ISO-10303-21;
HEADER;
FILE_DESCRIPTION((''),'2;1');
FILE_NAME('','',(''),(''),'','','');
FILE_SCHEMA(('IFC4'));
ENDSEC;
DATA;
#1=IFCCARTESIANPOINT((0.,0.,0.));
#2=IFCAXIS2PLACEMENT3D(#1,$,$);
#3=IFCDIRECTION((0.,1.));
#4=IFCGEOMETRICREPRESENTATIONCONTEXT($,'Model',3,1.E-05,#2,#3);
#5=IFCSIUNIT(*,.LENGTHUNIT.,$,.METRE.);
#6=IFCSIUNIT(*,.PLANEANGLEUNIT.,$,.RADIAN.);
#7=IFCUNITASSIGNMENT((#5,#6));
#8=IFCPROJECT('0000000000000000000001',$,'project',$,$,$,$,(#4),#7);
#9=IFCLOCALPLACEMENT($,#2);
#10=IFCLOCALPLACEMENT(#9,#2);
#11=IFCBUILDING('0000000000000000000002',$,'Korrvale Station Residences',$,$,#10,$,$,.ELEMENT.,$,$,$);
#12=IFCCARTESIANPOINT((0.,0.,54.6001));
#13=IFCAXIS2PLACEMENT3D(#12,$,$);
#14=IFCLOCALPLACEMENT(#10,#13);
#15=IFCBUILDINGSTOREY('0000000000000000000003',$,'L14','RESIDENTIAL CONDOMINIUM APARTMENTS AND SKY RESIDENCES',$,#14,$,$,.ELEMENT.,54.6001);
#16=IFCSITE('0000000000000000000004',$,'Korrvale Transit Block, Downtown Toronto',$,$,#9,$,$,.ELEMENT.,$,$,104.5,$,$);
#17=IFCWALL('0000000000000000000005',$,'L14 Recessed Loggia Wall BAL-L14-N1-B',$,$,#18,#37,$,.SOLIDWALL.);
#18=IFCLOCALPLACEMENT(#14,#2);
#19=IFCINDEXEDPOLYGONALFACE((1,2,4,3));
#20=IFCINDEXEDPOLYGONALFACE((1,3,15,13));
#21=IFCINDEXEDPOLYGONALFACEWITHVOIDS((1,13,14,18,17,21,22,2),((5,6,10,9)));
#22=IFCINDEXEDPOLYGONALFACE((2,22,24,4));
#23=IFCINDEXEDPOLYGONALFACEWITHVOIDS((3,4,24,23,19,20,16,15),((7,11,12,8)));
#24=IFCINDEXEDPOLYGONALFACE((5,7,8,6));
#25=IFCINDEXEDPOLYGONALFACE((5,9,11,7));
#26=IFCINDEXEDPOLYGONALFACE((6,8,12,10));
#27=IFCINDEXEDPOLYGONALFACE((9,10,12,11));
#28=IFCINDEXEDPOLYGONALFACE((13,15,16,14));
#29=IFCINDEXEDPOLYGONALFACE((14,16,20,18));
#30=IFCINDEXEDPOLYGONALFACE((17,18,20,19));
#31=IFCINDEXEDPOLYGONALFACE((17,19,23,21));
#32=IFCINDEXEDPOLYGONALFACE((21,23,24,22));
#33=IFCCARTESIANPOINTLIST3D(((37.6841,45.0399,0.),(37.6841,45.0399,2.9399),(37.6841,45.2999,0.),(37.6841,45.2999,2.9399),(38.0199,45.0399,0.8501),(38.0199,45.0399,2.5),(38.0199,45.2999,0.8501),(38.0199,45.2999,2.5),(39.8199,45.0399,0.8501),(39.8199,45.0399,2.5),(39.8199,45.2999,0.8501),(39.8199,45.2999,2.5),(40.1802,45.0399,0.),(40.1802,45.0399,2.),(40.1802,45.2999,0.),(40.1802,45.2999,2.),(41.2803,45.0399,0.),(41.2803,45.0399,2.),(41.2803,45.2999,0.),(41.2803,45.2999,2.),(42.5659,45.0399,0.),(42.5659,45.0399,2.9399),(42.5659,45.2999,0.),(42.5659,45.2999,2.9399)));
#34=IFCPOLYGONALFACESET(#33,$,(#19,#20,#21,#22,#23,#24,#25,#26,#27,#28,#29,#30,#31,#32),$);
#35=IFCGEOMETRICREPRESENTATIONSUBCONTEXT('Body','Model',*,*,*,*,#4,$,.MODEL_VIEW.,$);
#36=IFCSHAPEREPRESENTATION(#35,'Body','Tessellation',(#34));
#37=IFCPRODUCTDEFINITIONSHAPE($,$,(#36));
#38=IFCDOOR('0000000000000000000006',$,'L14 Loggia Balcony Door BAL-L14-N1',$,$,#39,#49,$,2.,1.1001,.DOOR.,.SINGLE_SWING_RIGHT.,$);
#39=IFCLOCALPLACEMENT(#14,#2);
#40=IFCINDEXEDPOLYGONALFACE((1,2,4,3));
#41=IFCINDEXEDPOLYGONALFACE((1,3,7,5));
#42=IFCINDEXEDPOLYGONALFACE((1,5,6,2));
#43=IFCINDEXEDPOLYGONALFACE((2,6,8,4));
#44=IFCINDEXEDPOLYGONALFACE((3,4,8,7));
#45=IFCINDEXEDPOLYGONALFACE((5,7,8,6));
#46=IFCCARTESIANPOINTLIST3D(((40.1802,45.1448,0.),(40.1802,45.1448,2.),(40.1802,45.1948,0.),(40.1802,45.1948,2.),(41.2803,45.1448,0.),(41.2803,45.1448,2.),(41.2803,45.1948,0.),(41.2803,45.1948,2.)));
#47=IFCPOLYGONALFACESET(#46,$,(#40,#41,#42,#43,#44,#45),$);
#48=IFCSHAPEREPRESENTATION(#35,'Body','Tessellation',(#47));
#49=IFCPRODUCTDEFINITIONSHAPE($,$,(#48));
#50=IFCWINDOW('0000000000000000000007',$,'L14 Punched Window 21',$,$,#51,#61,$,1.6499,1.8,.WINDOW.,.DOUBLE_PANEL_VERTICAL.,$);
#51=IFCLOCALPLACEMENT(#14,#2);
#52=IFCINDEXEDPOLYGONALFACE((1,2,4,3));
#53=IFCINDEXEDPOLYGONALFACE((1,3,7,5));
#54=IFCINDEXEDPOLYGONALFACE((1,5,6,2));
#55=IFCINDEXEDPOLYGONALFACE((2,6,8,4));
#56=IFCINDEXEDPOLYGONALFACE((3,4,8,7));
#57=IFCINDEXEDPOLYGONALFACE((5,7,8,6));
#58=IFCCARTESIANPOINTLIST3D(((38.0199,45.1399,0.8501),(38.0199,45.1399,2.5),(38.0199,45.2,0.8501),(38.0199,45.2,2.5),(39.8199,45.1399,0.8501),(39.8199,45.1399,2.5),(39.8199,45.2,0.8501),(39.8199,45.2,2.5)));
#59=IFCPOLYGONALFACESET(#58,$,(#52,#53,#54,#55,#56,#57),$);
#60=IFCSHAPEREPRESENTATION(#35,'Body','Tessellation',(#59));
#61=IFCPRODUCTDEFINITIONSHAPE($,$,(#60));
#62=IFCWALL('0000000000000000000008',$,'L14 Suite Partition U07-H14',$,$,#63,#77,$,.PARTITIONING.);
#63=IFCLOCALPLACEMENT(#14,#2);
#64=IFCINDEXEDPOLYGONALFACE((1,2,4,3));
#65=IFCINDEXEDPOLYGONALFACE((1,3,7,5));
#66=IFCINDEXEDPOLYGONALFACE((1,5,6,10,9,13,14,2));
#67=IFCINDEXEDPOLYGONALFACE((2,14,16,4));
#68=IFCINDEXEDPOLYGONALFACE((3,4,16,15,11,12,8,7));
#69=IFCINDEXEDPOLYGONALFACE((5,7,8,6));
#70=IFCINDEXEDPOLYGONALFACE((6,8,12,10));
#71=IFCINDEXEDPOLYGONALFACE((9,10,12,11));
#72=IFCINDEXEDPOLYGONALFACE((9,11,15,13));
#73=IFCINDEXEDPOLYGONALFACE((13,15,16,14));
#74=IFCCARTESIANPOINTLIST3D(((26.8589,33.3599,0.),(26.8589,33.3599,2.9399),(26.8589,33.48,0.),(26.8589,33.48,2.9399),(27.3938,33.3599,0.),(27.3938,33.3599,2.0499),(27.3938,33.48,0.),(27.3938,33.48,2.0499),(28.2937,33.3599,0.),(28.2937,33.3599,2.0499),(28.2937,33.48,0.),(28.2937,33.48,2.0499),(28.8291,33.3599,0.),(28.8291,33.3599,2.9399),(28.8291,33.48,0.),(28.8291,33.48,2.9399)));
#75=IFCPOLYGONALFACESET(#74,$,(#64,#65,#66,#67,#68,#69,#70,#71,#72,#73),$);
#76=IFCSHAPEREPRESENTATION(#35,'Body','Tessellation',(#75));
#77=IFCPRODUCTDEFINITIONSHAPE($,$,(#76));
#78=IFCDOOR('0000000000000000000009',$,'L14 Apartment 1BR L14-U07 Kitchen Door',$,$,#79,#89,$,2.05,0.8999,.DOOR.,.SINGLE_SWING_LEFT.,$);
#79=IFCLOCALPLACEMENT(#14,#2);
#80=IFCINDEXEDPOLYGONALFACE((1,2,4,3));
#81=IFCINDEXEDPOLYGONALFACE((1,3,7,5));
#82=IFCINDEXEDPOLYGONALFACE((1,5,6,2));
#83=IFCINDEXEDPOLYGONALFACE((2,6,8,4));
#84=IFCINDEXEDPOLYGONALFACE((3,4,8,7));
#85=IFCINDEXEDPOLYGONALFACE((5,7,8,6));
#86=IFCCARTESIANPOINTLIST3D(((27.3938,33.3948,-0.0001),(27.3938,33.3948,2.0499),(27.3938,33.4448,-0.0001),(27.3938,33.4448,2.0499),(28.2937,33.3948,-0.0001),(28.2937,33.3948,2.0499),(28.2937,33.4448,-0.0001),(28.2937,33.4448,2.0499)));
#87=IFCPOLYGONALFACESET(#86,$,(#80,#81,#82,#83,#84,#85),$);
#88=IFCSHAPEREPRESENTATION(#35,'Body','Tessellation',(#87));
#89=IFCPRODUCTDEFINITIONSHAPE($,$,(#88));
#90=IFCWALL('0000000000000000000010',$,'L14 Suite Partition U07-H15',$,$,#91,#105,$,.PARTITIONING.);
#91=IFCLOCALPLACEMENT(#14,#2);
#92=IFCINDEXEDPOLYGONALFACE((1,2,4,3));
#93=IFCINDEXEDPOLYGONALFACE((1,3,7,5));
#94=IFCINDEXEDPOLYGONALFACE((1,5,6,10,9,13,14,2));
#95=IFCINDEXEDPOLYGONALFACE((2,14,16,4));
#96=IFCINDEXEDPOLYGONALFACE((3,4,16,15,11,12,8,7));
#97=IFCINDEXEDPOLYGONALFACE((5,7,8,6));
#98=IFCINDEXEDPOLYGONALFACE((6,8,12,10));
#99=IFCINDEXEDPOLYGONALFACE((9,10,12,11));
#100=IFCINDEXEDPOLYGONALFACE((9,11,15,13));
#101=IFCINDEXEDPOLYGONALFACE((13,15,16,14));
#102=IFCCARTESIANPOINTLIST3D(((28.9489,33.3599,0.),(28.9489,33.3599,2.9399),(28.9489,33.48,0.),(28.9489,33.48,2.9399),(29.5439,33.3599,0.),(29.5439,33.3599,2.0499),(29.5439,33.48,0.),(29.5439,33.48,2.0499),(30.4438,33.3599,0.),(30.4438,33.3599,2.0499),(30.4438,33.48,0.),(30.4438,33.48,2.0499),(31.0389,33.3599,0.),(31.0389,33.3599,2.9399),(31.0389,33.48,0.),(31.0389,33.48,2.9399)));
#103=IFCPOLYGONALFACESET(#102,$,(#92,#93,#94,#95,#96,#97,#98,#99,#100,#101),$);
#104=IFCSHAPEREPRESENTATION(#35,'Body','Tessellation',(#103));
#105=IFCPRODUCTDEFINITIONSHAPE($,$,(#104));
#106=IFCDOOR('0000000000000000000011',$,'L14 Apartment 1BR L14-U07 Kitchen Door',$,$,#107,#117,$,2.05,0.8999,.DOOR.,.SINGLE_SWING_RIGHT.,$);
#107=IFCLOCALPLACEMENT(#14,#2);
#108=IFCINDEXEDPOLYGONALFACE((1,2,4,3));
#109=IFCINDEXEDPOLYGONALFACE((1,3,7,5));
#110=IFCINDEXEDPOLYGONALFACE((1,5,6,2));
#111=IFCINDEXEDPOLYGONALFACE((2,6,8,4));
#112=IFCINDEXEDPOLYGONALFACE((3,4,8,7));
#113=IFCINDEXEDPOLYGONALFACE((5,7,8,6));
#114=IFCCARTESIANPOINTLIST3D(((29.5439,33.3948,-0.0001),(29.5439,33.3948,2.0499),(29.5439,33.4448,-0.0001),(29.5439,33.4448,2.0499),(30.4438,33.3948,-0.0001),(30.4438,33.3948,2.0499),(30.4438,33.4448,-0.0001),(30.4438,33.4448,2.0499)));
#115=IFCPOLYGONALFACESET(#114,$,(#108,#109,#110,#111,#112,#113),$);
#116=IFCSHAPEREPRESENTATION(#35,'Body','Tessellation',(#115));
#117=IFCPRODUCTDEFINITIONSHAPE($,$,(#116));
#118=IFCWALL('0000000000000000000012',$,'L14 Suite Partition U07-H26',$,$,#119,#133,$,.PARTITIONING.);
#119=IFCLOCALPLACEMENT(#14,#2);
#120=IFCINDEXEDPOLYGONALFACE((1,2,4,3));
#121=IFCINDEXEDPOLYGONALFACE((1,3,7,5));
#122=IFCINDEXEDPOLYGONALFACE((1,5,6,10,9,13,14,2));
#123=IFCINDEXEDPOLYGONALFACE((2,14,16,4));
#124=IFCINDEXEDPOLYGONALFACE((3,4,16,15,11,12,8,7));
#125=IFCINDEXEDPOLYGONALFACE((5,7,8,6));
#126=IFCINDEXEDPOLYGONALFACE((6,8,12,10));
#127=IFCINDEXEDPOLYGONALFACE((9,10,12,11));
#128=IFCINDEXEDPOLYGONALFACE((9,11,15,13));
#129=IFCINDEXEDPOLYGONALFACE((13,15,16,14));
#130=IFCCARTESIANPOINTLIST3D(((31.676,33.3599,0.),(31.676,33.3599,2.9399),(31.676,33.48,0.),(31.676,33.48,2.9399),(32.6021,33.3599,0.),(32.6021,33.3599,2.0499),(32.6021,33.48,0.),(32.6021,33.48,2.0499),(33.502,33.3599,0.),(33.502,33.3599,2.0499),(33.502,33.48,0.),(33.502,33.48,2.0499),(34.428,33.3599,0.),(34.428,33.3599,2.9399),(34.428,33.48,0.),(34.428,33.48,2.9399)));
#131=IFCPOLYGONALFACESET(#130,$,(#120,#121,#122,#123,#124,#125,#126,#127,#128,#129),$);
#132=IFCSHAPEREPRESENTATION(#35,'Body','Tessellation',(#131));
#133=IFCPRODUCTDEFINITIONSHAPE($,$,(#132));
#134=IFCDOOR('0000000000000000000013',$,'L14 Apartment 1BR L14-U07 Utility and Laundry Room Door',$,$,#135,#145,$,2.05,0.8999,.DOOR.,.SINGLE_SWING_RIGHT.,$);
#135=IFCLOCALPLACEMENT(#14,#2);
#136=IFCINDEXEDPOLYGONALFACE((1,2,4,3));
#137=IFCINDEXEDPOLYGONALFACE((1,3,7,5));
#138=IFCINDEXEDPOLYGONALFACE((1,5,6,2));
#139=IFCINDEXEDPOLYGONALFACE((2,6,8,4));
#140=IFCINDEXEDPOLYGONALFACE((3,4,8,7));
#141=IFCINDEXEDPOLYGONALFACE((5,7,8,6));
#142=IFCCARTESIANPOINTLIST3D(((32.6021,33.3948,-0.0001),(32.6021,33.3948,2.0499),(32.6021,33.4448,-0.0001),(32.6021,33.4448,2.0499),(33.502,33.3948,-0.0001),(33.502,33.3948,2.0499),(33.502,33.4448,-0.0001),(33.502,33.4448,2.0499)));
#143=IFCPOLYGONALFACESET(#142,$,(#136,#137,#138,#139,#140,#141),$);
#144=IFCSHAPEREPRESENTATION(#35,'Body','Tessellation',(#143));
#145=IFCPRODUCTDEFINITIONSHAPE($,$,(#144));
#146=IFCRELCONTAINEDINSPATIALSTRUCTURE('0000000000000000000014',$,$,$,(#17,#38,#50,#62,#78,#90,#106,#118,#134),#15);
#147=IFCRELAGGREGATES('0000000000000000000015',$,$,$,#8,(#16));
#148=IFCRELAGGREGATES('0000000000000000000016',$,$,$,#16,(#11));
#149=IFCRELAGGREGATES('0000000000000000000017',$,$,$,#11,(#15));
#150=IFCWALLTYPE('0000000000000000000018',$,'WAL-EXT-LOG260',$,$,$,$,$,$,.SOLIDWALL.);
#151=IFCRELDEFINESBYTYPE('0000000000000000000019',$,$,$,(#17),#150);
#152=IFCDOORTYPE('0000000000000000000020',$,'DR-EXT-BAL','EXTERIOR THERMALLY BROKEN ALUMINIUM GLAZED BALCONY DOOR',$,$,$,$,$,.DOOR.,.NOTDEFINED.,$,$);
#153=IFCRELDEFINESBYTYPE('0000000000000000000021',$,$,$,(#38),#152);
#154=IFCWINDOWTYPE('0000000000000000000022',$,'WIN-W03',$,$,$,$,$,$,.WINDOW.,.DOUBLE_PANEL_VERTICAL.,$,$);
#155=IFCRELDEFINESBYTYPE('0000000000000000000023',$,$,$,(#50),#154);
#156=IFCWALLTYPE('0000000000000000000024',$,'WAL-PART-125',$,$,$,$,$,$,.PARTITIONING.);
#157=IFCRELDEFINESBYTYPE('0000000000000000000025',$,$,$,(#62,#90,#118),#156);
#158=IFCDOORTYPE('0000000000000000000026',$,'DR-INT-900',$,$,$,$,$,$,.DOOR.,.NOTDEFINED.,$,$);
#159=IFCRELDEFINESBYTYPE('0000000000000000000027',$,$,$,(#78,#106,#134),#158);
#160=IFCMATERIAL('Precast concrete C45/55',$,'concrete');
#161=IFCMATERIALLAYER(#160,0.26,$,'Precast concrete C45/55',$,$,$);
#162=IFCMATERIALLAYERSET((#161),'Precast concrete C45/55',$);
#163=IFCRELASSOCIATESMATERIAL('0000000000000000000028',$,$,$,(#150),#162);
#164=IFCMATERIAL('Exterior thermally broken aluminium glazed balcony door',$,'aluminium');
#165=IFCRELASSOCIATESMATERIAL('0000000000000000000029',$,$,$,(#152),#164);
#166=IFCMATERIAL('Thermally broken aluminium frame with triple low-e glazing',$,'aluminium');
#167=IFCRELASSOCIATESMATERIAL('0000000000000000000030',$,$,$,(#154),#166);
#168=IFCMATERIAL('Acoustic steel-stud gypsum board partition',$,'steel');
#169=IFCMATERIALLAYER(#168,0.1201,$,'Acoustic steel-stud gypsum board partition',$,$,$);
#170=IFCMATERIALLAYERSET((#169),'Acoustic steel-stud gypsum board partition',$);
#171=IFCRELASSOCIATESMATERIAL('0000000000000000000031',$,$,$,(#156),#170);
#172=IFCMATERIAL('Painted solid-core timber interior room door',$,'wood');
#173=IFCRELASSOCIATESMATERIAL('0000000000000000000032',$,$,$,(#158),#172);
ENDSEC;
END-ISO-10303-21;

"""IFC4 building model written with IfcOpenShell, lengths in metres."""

from ifc_helpers import new_model, si_unit, direction, frame, frame_2d, origin, place, context, subcontext, project, spatial, rectangle, extrude, material, layer, layer_set, type_object, element, fill, save


model = new_model("IFC4")

# Units and contexts
model_context = context("Model", 3, precision=1e-05, world=origin(), true_north=direction((0.0, 1.0)))
body_context = subcontext(model_context, "Body", "Model", "MODEL_VIEW")
ifc_project = project(units=[si_unit("LENGTHUNIT", "METRE"), si_unit("PLANEANGLEUNIT", "RADIAN")], contexts=[model_context])

# Site, building, storey
site_placement = place(None, origin())
site = spatial("IfcSite", under=ifc_project, at=site_placement, Name="Korrvale Transit Block, Downtown Toronto", CompositionType="ELEMENT", RefElevation=104.5)
building_placement = place(site_placement, origin())
building = spatial("IfcBuilding", under=site, at=building_placement, Name="Korrvale Station Residences", CompositionType="ELEMENT")
storey_placement = place(building_placement, frame((0.0, 0.0, 54.6001)))
storey = spatial("IfcBuildingStorey", under=building, at=storey_placement, Name="L14", Description="RESIDENTIAL CONDOMINIUM APARTMENTS AND SKY RESIDENCES", CompositionType="ELEMENT", Elevation=54.6001)

# Shared definitions
ifc_material_1 = material(Name="Precast concrete C45/55", Category="concrete")
ifc_layer_1 = layer(ifc_material_1, 0.26, Name="Precast concrete C45/55")
ifc_layer_set_1 = layer_set([ifc_layer_1], Name="Precast concrete C45/55")
wall_type_1 = type_object("IfcWallType", Name="WAL-EXT-LOG260", PredefinedType="SOLIDWALL", material=ifc_layer_set_1)

# Wall, openings, door, window
wall_1_placement = place(storey_placement, frame((37.6841, 45.1699, 0.0), z_axis=(0.0, 0.0, 1.0), x_axis=(1.0, 0.0, 0.0)))
wall_1 = element("IfcWall", 1, at=wall_1_placement, inside=storey, type_object=wall_type_1, Name="L14 Recessed Loggia Wall BAL-L14-N1-B", PredefinedType="SOLIDWALL", context=body_context, shape_type="SweptSolid", body=[
    extrude(rectangle(XDim=4.8818, YDim=0.26, at=frame_2d((2.4409, 0.0))), origin(), (0.0, 0.0, 1.0), 2.9399),
])
opening_1_placement = place(wall_1_placement, frame((2.4961, 0.0, 0.0)))
opening_1 = element("IfcOpeningElement", 2, at=opening_1_placement, cuts=wall_1, PredefinedType="OPENING", context=body_context, shape_type="SweptSolid", body=[
    extrude(rectangle(XDim=1.1001, YDim=2.0, at=frame_2d((0.55, 1.0))), frame((0.0, 0.1401, 0.0), z_axis=(0.0, -1.0, 0.0), x_axis=(1.0, 0.0, 0.0)), (0.0, 0.0, 1.0), 0.28),
])
opening_2_placement = place(wall_1_placement, frame((0.3359, 0.0, 0.8501)))
opening_2 = element("IfcOpeningElement", 3, at=opening_2_placement, cuts=wall_1, PredefinedType="OPENING", context=body_context, shape_type="SweptSolid", body=[
    extrude(rectangle(XDim=1.8, YDim=1.6499, at=frame_2d((0.8999, 0.825))), frame((0.0, 0.1401, 0.0), z_axis=(0.0, -1.0, 0.0), x_axis=(1.0, 0.0, 0.0)), (0.0, 0.0, 1.0), 0.28),
])
ifc_material_2 = material(Name="Exterior thermally broken aluminium glazed balcony door", Category="aluminium")
door_type_1 = type_object("IfcDoorType", Name="DR-EXT-BAL", Description="EXTERIOR THERMALLY BROKEN ALUMINIUM GLAZED BALCONY DOOR", OperationType="NOTDEFINED", PredefinedType="DOOR", material=ifc_material_2)
door_1_placement = place(opening_1_placement, origin())
door_1 = element("IfcDoor", 4, at=door_1_placement, inside=storey, type_object=door_type_1, Name="L14 Loggia Balcony Door BAL-L14-N1", OperationType="SINGLE_SWING_RIGHT", OverallHeight=2.0, OverallWidth=1.1001, PredefinedType="DOOR", context=body_context, shape_type="SweptSolid", body=[
    extrude(rectangle(XDim=1.1001, YDim=2.0, at=frame_2d((0.55, 1.0))), frame((0.0, 0.0249, 0.0), z_axis=(0.0, -1.0, 0.0), x_axis=(1.0, 0.0, 0.0)), (0.0, 0.0, 1.0), 0.05),
])
fill(opening_1, door_1)
ifc_material_3 = material(Name="Thermally broken aluminium frame with triple low-e glazing", Category="aluminium")
window_type = type_object("IfcWindowType", Name="WIN-W03", PartitioningType="DOUBLE_PANEL_VERTICAL", PredefinedType="WINDOW", material=ifc_material_3)
window_placement = place(opening_2_placement, origin())
window = element("IfcWindow", 5, at=window_placement, inside=storey, type_object=window_type, Name="L14 Punched Window 21", OverallHeight=1.6499, OverallWidth=1.8, PartitioningType="DOUBLE_PANEL_VERTICAL", PredefinedType="WINDOW", context=body_context, shape_type="SweptSolid", body=[
    extrude(rectangle(XDim=1.8, YDim=1.6499, at=frame_2d((0.8999, 0.825))), frame((0.0, 0.03, 0.0), z_axis=(0.0, -1.0, 0.0), x_axis=(1.0, 0.0, 0.0)), (0.0, 0.0, 1.0), 0.0601),
])
fill(opening_2, window)

# Walls, openings, doors
ifc_material_4 = material(Name="Acoustic steel-stud gypsum board partition", Category="steel")
ifc_layer_2 = layer(ifc_material_4, 0.1201, Name="Acoustic steel-stud gypsum board partition")
ifc_layer_set_2 = layer_set([ifc_layer_2], Name="Acoustic steel-stud gypsum board partition")
wall_type_2 = type_object("IfcWallType", Name="WAL-PART-125", PredefinedType="PARTITIONING", material=ifc_layer_set_2)
wall_2_placement = place(storey_placement, frame((26.8589, 33.4199, 0.0), z_axis=(0.0, 0.0, 1.0), x_axis=(1.0, 0.0, 0.0)))
wall_2 = element("IfcWall", 6, at=wall_2_placement, inside=storey, type_object=wall_type_2, Name="L14 Suite Partition U07-H14", PredefinedType="PARTITIONING", context=body_context, shape_type="SweptSolid", body=[
    extrude(rectangle(XDim=1.9702, YDim=0.1201, at=frame_2d((0.9851, 0.0))), origin(), (0.0, 0.0, 1.0), 2.9399),
])
opening_3_placement = place(wall_2_placement, frame((0.5349, 0.0, 0.0)))
opening_3 = element("IfcOpeningElement", 7, at=opening_3_placement, cuts=wall_2, PredefinedType="OPENING", context=body_context, shape_type="SweptSolid", body=[
    extrude(rectangle(XDim=0.8999, YDim=2.05, at=frame_2d((0.45, 1.0249))), frame((0.0, 0.0701, 0.0), z_axis=(0.0, -1.0, 0.0), x_axis=(1.0, 0.0, 0.0)), (0.0, 0.0, 1.0), 0.1401),
])
ifc_material_5 = material(Name="Painted solid-core timber interior room door", Category="wood")
door_type_2 = type_object("IfcDoorType", Name="DR-INT-900", OperationType="NOTDEFINED", PredefinedType="DOOR", material=ifc_material_5)
door_2_placement = place(opening_3_placement, origin())
door_2 = element("IfcDoor", 8, at=door_2_placement, inside=storey, type_object=door_type_2, Name="L14 Apartment 1BR L14-U07 Kitchen Door", OperationType="SINGLE_SWING_LEFT", OverallHeight=2.05, OverallWidth=0.8999, PredefinedType="DOOR", context=body_context, shape_type="SweptSolid", body=[
    extrude(rectangle(XDim=0.8999, YDim=2.05, at=frame_2d((0.45, 1.0249))), frame((0.0, 0.0249, 0.0), z_axis=(0.0, -1.0, 0.0), x_axis=(1.0, 0.0, 0.0)), (0.0, 0.0, 1.0), 0.05),
])
fill(opening_3, door_2)
wall_3_placement = place(storey_placement, frame((28.949, 33.4199, 0.0), z_axis=(0.0, 0.0, 1.0), x_axis=(1.0, 0.0, 0.0)))
wall_3 = element("IfcWall", 9, at=wall_3_placement, inside=storey, type_object=wall_type_2, Name="L14 Suite Partition U07-H15", PredefinedType="PARTITIONING", context=body_context, shape_type="SweptSolid", body=[
    extrude(rectangle(XDim=2.0901, YDim=0.1201, at=frame_2d((1.0449, 0.0))), origin(), (0.0, 0.0, 1.0), 2.9399),
])
opening_4_placement = place(wall_3_placement, frame((0.595, 0.0, 0.0)))
opening_4 = element("IfcOpeningElement", 10, at=opening_4_placement, cuts=wall_3, PredefinedType="OPENING", context=body_context, shape_type="SweptSolid", body=[
    extrude(rectangle(XDim=0.8999, YDim=2.05, at=frame_2d((0.45, 1.0249))), frame((0.0, 0.0701, 0.0), z_axis=(0.0, -1.0, 0.0), x_axis=(1.0, 0.0, 0.0)), (0.0, 0.0, 1.0), 0.1401),
])
door_3_placement = place(opening_4_placement, origin())
door_3 = element("IfcDoor", 11, at=door_3_placement, inside=storey, type_object=door_type_2, Name="L14 Apartment 1BR L14-U07 Kitchen Door", OperationType="SINGLE_SWING_RIGHT", OverallHeight=2.05, OverallWidth=0.8999, PredefinedType="DOOR", context=body_context, shape_type="SweptSolid", body=[
    extrude(rectangle(XDim=0.8999, YDim=2.05, at=frame_2d((0.45, 1.0249))), frame((0.0, 0.0249, 0.0), z_axis=(0.0, -1.0, 0.0), x_axis=(1.0, 0.0, 0.0)), (0.0, 0.0, 1.0), 0.05),
])
fill(opening_4, door_3)
wall_4_placement = place(storey_placement, frame((31.676, 33.4199, 0.0), z_axis=(0.0, 0.0, 1.0), x_axis=(1.0, 0.0, 0.0)))
wall_4 = element("IfcWall", 12, at=wall_4_placement, inside=storey, type_object=wall_type_2, Name="L14 Suite Partition U07-H26", PredefinedType="PARTITIONING", context=body_context, shape_type="SweptSolid", body=[
    extrude(rectangle(XDim=2.752, YDim=0.1201, at=frame_2d((1.376, 0.0))), origin(), (0.0, 0.0, 1.0), 2.9399),
])
opening_5_placement = place(wall_4_placement, frame((0.926, 0.0, 0.0)))
opening_5 = element("IfcOpeningElement", 13, at=opening_5_placement, cuts=wall_4, PredefinedType="OPENING", context=body_context, shape_type="SweptSolid", body=[
    extrude(rectangle(XDim=0.8999, YDim=2.05, at=frame_2d((0.45, 1.0249))), frame((0.0, 0.0701, 0.0), z_axis=(0.0, -1.0, 0.0), x_axis=(1.0, 0.0, 0.0)), (0.0, 0.0, 1.0), 0.1401),
])
door_4_placement = place(opening_5_placement, origin())
door_4 = element("IfcDoor", 14, at=door_4_placement, inside=storey, type_object=door_type_2, Name="L14 Apartment 1BR L14-U07 Utility and Laundry Room Door", OperationType="SINGLE_SWING_RIGHT", OverallHeight=2.05, OverallWidth=0.8999, PredefinedType="DOOR", context=body_context, shape_type="SweptSolid", body=[
    extrude(rectangle(XDim=0.8999, YDim=2.05, at=frame_2d((0.45, 1.0249))), frame((0.0, 0.0249, 0.0), z_axis=(0.0, -1.0, 0.0), x_axis=(1.0, 0.0, 0.0)), (0.0, 0.0, 1.0), 0.05),
])
fill(opening_5, door_4)

save(model, "model.ifc")
